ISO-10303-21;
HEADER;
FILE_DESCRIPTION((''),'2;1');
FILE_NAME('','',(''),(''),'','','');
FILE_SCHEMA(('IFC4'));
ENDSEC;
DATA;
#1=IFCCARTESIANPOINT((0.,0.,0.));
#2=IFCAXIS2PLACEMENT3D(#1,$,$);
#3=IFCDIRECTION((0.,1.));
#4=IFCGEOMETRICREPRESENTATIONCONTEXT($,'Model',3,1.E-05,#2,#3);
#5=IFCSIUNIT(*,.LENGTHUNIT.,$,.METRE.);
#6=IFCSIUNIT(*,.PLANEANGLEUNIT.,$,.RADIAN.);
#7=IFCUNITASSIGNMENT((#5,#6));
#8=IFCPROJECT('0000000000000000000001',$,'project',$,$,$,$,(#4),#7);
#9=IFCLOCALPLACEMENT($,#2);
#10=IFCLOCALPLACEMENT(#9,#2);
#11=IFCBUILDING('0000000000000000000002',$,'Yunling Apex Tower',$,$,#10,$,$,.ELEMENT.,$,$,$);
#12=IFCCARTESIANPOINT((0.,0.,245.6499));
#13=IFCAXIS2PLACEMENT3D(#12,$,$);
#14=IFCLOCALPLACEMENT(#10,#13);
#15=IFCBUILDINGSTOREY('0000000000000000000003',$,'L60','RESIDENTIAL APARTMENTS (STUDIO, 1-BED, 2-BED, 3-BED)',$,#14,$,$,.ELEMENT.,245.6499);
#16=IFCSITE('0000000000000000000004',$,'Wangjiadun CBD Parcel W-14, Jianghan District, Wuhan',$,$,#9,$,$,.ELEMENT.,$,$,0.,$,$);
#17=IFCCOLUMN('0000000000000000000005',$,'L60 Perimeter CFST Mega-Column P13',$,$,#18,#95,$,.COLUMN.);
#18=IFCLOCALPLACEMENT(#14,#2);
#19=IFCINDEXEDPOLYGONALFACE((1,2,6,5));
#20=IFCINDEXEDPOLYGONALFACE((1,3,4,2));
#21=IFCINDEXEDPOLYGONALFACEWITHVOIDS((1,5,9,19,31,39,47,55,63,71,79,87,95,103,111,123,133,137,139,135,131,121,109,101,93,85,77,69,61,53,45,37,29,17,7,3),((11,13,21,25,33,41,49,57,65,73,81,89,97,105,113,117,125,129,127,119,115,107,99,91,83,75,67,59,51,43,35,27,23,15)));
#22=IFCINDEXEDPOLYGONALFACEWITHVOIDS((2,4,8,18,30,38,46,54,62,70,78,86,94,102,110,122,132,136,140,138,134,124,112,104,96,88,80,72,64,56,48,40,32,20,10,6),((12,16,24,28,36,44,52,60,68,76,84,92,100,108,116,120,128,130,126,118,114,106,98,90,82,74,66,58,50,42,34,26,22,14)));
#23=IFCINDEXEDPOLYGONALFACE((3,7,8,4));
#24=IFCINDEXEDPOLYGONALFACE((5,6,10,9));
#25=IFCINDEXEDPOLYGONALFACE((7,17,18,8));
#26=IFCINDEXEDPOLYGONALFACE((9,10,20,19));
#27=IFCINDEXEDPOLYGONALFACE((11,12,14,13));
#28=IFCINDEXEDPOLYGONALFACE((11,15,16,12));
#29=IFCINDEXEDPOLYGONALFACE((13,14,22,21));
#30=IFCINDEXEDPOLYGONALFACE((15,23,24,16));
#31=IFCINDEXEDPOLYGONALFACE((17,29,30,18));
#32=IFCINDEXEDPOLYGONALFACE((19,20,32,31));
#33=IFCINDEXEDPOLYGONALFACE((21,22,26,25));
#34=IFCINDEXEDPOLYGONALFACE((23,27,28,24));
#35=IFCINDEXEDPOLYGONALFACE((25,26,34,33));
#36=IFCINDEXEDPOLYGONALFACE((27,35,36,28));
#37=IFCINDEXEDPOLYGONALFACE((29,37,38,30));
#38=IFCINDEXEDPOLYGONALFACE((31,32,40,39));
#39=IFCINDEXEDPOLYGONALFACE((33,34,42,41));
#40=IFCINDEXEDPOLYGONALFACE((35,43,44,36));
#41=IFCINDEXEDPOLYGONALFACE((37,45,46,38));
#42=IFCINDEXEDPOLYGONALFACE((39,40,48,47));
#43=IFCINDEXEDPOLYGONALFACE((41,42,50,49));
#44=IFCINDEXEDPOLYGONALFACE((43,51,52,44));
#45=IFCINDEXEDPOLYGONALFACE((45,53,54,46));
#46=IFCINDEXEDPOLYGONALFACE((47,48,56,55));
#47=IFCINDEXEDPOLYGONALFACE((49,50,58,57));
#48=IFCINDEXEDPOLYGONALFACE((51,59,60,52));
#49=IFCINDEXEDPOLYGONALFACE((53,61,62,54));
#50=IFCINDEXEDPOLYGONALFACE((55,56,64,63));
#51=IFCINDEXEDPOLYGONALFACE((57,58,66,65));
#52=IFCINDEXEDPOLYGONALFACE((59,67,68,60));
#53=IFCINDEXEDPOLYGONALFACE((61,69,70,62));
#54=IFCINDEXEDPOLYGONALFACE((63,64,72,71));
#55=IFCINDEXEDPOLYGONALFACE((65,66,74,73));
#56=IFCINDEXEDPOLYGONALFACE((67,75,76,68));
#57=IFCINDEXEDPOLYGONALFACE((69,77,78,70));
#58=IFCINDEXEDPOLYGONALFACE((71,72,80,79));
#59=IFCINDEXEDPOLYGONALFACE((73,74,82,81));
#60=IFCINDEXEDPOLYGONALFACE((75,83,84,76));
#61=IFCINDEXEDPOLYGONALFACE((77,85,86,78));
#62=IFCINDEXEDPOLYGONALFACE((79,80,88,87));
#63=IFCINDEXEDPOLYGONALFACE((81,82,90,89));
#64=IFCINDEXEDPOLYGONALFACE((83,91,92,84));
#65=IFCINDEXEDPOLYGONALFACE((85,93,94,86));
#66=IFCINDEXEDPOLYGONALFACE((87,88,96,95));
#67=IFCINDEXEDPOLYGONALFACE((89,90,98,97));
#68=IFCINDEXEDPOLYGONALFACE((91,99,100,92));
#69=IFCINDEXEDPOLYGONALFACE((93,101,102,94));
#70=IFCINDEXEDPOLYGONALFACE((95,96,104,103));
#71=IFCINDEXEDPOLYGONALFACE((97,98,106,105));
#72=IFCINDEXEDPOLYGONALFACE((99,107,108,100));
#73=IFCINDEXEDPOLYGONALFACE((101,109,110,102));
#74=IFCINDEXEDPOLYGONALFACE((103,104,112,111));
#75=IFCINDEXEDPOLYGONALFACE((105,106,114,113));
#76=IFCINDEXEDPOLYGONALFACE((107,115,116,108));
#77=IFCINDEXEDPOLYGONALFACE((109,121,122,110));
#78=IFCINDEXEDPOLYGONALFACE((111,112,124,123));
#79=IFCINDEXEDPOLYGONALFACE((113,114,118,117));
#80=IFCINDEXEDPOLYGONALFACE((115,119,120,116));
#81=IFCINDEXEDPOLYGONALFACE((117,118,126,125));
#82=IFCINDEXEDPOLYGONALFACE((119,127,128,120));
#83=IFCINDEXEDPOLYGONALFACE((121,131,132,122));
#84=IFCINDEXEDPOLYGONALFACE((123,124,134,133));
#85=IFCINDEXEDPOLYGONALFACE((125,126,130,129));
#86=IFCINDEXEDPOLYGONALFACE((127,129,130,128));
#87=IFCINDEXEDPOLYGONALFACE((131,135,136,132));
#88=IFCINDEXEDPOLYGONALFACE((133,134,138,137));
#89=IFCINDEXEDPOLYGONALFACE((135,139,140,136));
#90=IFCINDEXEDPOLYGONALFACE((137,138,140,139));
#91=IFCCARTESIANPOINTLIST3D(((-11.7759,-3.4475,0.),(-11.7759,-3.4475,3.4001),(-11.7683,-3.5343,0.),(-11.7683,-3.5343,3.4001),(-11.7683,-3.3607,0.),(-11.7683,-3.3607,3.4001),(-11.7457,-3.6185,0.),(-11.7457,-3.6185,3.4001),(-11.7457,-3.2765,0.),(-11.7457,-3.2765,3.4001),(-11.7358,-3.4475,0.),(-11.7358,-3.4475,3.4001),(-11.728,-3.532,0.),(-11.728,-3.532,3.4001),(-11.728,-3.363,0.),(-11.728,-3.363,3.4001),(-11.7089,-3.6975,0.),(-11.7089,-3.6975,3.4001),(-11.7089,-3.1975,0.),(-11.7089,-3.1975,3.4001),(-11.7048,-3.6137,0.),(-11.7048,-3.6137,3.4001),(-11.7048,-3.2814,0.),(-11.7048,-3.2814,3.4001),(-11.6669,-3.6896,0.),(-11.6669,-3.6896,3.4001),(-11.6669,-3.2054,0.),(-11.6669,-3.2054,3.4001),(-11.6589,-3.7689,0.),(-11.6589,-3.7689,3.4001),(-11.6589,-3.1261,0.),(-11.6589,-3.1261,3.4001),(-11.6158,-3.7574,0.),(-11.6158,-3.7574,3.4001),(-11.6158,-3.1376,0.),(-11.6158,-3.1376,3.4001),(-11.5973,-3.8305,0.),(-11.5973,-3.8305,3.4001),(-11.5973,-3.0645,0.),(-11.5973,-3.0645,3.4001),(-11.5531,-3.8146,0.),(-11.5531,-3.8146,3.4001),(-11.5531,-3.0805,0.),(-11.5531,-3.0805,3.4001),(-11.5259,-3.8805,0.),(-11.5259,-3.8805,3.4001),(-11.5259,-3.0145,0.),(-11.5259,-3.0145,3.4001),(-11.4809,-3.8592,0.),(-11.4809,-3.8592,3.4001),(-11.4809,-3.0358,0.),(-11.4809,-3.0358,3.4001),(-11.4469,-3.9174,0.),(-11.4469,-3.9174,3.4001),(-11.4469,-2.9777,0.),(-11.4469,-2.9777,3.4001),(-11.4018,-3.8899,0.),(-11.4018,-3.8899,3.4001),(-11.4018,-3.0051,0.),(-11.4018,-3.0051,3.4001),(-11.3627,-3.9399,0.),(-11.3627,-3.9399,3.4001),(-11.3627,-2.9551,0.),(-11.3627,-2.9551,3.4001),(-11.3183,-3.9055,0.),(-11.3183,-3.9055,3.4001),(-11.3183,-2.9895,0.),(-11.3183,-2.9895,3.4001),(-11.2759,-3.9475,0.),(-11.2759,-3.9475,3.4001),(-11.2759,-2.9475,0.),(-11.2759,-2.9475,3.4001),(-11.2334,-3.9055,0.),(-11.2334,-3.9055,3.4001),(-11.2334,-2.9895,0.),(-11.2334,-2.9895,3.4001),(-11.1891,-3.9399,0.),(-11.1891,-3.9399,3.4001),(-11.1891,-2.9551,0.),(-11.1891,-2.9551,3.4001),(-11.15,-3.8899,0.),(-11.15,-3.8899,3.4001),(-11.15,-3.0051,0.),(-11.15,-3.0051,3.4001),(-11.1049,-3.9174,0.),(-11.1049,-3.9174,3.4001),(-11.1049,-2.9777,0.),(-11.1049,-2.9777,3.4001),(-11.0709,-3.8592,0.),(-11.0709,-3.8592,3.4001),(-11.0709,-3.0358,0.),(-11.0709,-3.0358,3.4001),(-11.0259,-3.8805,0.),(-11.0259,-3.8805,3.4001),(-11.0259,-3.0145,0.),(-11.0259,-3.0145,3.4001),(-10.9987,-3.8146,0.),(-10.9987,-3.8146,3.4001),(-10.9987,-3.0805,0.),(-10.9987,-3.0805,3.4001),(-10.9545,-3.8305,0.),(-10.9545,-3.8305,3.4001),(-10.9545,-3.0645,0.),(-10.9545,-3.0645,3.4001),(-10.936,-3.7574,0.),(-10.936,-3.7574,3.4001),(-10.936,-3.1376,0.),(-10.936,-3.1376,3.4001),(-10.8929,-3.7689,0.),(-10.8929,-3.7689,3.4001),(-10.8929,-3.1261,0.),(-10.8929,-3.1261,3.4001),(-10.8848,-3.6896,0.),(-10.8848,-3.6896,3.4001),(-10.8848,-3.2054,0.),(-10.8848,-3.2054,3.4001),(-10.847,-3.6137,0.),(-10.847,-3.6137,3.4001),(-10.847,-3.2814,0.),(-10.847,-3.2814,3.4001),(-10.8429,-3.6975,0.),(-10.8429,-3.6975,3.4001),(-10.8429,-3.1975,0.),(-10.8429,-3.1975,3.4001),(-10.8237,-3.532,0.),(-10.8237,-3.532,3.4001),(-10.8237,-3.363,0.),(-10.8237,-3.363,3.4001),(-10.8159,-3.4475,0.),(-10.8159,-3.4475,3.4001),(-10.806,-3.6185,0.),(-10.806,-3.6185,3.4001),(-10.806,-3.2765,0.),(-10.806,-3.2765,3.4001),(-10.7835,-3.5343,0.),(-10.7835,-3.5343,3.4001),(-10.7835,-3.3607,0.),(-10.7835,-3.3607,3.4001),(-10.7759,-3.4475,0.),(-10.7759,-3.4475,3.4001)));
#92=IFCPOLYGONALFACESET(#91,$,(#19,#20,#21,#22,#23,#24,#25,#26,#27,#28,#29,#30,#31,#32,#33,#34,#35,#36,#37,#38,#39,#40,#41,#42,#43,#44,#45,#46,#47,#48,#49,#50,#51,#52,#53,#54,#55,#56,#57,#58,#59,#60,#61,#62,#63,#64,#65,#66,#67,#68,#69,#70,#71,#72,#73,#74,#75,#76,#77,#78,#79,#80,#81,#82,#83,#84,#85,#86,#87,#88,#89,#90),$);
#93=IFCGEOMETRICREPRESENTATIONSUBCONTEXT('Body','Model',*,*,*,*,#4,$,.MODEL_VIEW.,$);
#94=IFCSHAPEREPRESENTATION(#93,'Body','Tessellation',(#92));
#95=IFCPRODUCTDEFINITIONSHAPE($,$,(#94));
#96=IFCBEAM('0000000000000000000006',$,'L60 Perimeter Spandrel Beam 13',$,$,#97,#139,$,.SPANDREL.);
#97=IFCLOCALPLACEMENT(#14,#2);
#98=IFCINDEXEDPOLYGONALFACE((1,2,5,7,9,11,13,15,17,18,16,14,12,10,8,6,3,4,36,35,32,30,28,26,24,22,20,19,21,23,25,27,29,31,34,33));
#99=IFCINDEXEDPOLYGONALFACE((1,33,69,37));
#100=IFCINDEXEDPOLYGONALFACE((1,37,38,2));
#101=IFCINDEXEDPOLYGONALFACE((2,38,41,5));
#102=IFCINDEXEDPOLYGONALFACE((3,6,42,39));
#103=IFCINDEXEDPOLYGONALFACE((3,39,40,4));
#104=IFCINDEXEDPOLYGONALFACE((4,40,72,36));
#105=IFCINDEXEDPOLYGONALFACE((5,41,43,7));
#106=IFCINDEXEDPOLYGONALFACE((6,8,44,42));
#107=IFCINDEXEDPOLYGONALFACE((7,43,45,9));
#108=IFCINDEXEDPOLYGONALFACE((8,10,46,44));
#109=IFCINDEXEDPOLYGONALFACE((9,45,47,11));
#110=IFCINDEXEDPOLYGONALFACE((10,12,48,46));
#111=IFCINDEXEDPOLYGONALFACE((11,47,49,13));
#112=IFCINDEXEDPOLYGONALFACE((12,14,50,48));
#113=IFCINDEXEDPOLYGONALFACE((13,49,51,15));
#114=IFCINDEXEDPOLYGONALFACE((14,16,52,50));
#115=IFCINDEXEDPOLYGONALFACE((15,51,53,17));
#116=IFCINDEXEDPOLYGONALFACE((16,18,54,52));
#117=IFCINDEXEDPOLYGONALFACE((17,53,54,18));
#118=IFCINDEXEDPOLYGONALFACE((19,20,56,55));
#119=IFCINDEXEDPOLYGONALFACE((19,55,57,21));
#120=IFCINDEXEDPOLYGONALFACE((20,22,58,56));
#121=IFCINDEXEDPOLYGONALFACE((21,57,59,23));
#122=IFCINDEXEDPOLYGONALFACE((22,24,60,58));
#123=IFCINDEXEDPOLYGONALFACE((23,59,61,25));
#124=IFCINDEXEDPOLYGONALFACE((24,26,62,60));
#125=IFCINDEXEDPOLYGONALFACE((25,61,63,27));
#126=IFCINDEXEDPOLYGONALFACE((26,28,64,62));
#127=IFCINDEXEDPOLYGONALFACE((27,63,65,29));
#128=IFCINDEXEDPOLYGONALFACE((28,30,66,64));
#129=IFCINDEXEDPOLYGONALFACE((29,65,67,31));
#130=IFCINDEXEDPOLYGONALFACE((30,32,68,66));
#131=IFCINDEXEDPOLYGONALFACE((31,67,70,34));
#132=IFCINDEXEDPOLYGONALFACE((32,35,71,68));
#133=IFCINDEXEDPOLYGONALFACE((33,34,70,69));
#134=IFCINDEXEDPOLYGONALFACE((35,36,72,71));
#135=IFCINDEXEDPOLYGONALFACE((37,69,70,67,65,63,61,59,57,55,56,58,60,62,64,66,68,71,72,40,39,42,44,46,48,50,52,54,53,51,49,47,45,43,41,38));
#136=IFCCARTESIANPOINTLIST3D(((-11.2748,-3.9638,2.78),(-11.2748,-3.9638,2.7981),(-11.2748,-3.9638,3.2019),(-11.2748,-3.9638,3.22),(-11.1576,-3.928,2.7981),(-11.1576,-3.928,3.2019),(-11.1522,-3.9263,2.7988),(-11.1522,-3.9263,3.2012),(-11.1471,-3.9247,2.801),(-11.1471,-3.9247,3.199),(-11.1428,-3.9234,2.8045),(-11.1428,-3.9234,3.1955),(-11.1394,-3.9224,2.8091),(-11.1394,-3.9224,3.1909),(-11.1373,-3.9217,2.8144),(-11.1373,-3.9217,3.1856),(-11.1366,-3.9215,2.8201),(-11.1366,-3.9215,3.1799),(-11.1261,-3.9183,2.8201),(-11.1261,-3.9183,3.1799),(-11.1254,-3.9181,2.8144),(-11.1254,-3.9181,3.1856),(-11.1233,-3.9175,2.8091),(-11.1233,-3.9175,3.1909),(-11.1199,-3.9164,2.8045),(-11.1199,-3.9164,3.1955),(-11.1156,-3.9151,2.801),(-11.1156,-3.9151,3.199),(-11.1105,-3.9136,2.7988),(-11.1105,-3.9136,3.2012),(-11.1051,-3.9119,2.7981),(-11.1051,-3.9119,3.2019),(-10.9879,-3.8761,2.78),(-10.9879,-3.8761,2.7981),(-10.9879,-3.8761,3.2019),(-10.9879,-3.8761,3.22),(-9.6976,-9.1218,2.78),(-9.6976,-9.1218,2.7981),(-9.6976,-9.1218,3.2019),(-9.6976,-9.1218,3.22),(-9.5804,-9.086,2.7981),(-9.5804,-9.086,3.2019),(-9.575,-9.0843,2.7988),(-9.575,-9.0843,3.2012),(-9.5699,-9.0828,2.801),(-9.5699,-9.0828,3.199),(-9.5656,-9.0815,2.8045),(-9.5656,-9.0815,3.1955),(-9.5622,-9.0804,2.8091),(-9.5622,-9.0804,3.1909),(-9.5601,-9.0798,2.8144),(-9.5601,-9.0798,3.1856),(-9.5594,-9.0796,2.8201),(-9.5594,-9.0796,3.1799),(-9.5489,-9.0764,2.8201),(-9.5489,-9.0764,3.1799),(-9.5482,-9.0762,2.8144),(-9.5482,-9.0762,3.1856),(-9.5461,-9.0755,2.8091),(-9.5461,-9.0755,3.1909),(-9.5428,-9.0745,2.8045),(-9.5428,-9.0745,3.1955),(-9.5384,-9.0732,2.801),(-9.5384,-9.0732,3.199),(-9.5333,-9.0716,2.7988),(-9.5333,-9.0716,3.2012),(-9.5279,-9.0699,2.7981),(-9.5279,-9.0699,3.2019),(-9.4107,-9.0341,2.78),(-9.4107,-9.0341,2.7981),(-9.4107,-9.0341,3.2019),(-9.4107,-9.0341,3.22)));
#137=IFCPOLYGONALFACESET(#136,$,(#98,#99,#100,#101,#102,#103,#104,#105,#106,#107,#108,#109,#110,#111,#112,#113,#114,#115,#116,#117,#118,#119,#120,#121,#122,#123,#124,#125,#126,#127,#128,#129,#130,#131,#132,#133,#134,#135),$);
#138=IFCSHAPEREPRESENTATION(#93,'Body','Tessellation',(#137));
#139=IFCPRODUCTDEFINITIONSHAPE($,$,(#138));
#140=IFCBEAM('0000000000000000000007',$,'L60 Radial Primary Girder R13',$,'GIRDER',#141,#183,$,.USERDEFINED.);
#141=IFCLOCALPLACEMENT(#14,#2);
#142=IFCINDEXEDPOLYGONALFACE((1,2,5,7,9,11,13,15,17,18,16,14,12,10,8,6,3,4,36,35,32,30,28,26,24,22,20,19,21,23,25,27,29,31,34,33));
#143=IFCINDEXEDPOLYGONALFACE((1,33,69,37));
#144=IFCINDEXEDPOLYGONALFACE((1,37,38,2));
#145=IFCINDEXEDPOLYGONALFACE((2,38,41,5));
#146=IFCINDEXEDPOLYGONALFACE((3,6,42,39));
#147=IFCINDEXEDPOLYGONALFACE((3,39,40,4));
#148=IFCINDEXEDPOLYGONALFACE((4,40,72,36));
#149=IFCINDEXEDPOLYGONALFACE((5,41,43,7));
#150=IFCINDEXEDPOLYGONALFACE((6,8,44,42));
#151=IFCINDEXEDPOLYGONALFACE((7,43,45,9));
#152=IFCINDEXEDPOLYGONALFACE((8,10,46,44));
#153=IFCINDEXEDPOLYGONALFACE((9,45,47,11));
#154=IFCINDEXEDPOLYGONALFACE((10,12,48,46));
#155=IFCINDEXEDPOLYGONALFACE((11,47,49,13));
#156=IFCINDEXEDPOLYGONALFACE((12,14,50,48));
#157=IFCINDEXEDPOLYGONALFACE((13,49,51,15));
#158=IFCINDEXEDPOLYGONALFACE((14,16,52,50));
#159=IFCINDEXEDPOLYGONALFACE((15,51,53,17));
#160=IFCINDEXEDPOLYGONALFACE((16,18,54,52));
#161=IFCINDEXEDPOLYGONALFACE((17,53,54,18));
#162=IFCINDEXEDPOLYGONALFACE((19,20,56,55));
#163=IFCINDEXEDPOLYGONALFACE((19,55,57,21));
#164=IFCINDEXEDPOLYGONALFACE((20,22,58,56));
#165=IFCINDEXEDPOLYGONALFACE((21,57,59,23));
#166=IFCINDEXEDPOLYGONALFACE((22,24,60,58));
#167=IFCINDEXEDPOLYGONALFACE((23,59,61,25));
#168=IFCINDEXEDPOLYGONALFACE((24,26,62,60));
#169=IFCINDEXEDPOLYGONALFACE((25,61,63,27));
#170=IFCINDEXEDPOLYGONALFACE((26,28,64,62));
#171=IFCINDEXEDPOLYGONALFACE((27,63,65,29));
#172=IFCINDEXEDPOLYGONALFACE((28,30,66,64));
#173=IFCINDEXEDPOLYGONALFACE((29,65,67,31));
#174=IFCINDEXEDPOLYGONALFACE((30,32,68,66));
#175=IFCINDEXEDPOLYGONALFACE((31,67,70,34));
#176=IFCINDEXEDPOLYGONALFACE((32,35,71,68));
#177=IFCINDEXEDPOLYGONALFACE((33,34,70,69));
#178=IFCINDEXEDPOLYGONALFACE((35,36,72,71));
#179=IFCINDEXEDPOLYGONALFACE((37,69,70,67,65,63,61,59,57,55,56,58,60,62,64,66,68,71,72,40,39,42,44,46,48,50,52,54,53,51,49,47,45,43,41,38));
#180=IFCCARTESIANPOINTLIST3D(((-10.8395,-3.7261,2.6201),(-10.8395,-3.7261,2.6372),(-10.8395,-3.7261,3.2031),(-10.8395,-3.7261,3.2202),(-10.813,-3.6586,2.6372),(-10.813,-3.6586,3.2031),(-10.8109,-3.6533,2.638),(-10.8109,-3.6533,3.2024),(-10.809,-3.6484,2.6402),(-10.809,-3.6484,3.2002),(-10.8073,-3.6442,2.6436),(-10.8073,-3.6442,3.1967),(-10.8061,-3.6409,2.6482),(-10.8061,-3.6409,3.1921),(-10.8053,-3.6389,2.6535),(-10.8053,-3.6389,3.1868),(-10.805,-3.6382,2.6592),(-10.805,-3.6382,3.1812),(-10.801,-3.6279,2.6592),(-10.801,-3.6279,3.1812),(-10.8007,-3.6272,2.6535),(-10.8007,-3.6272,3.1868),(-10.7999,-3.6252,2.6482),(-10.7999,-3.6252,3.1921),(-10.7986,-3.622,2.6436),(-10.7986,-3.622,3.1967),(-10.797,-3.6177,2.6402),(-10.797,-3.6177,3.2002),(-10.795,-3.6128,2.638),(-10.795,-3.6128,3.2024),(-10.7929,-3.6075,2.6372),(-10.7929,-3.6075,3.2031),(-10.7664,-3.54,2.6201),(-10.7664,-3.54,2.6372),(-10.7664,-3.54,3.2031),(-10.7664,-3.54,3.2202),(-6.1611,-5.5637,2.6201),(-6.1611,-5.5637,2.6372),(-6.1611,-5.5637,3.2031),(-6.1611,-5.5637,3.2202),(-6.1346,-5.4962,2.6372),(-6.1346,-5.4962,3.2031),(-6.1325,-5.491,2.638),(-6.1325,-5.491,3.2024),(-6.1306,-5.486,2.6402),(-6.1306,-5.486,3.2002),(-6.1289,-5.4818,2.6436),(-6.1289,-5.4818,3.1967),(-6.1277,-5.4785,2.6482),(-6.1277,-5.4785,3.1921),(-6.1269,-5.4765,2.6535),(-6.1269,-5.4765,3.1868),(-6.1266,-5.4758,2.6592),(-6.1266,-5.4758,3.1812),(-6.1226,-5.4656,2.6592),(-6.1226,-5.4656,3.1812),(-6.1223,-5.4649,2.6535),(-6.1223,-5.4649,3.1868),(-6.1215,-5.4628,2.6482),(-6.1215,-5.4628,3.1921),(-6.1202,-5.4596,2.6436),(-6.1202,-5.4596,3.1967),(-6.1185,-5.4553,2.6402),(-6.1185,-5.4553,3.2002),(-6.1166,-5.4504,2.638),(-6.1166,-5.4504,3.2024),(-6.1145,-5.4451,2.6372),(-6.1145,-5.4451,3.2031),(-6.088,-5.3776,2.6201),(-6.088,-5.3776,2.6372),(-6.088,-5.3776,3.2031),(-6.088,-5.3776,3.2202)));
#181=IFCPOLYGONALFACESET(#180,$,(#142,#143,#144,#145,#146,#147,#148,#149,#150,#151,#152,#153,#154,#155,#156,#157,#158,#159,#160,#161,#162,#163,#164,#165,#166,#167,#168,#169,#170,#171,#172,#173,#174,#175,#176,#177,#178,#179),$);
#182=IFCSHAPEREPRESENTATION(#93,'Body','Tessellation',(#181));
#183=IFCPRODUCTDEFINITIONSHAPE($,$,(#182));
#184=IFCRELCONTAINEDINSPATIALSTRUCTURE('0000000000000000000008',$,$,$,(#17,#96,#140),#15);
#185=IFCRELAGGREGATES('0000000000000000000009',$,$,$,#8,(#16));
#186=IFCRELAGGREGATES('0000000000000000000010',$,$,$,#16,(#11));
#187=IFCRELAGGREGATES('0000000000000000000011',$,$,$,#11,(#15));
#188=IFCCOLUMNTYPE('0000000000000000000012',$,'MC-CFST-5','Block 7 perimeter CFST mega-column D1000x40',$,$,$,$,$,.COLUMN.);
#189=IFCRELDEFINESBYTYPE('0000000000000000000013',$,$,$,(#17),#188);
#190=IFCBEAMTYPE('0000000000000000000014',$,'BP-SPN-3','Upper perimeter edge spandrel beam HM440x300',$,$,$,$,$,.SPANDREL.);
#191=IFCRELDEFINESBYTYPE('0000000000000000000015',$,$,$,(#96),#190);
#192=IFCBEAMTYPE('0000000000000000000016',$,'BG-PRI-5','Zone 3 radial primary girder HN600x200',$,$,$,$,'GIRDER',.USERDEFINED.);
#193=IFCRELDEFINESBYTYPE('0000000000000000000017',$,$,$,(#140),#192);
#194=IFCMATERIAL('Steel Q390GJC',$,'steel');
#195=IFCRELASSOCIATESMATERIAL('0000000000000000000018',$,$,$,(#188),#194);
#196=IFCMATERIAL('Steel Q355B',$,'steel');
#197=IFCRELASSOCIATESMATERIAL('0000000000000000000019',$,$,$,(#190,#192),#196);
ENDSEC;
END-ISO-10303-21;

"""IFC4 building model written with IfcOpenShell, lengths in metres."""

from ifc_helpers import new_model, si_unit, direction, frame, origin, origin_2d, place, context, subcontext, project, spatial, hollow_circle, i_section, extrude, source, transform, mapped, material, material_profile, profile_set, type_object, element, save


model = new_model("IFC4")

# Units and contexts
model_context = context("Model", 3, precision=1e-05, world=origin(), true_north=direction((0.0, 1.0)))
body_context = subcontext(model_context, "Body", "Model", "MODEL_VIEW")
ifc_project = project(units=[si_unit("LENGTHUNIT", "METRE"), si_unit("PLANEANGLEUNIT", "RADIAN")], contexts=[model_context])

# Site, building, storey
site_placement = place(None, origin())
site = spatial("IfcSite", under=ifc_project, at=site_placement, Name="Wangjiadun CBD Parcel W-14, Jianghan District, Wuhan", CompositionType="ELEMENT", RefElevation=0.0)
building_placement = place(site_placement, origin())
building = spatial("IfcBuilding", under=site, at=building_placement, Name="Yunling Apex Tower", CompositionType="ELEMENT")
storey_placement = place(building_placement, frame((0.0, 0.0, 245.6499)))
storey = spatial("IfcBuildingStorey", under=building, at=storey_placement, Name="L60", Description="RESIDENTIAL APARTMENTS (STUDIO, 1-BED, 2-BED, 3-BED)", CompositionType="ELEMENT", Elevation=245.6499)

# Column
ifc_material_1 = material(Name="Steel Q390GJC", Category="steel")
ifc_material_profile_1 = material_profile(ifc_material_1, hollow_circle(Radius=0.5, WallThickness=0.04, at=origin_2d()))
ifc_profile_set_1 = profile_set([ifc_material_profile_1], Name="Steel Q390GJC")
column_type = type_object("IfcColumnType", Name="MC-CFST-5", Description="Block 7 perimeter CFST mega-column D1000x40", PredefinedType="COLUMN", material=ifc_profile_set_1)
shared_shape_1 = source(origin(), body_context, "Body", "SweptSolid", [
    extrude(hollow_circle(Radius=0.5, WallThickness=0.04, at=origin_2d()), origin(), (0.0, 0.0, 1.0), 3.4001),
])
column_placement = place(storey_placement, frame((-11.2759, -3.4475, 0.0), z_axis=(0.0, 0.0, 1.0), x_axis=(1.0, 0.0, 0.0)))
element("IfcColumn", 1, at=column_placement, inside=storey, type_object=column_type, Name="L60 Perimeter CFST Mega-Column P13", PredefinedType="COLUMN", context=body_context, shape_type="MappedRepresentation", body=[
    mapped(shared_shape_1, transform((0.0, 0.0, 0.0), scale=1.0)),
])

# Beams
ifc_material_2 = material(Name="Steel Q355B", Category="steel")
ifc_material_profile_2 = material_profile(ifc_material_2, i_section(OverallWidth=0.3, OverallDepth=0.4399, WebThickness=0.011, FlangeThickness=0.0181, FilletRadius=0.022, at=origin_2d()))
ifc_profile_set_2 = profile_set([ifc_material_profile_2], Name="Steel Q355B")
beam_type_1 = type_object("IfcBeamType", Name="BP-SPN-3", Description="Upper perimeter edge spandrel beam HM440x300", PredefinedType="SPANDREL", material=ifc_profile_set_2)
shared_shape_2 = source(origin(), body_context, "Body", "SweptSolid", [
    extrude(i_section(OverallWidth=0.3, OverallDepth=0.4399, WebThickness=0.011, FlangeThickness=0.0181, FilletRadius=0.022, at=origin_2d()), origin(), (0.0, 0.0, 1.0), 5.3938),
])
beam_1_placement = place(storey_placement, frame((-11.1313, -3.9199, 3.0), z_axis=(0.292406, -0.956294, 0.0), x_axis=(0.956294, 0.292406, 0.0)))
element("IfcBeam", 2, at=beam_1_placement, inside=storey, type_object=beam_type_1, Name="L60 Perimeter Spandrel Beam 13", PredefinedType="SPANDREL", context=body_context, shape_type="MappedRepresentation", body=[
    mapped(shared_shape_2, transform((0.0, 0.0, 0.0), scale=1.0)),
])
ifc_material_profile_3 = material_profile(ifc_material_2, i_section(OverallWidth=0.2, OverallDepth=0.6001, WebThickness=0.011, FlangeThickness=0.0171, FilletRadius=0.022, at=origin_2d()))
ifc_profile_set_3 = profile_set([ifc_material_profile_3], Name="Steel Q355B")
beam_type_2 = type_object("IfcBeamType", Name="BG-PRI-5", Description="Zone 3 radial primary girder HN600x200", ElementType="GIRDER", PredefinedType="USERDEFINED", material=ifc_profile_set_3)
shared_shape_3 = source(origin(), body_context, "Body", "SweptSolid", [
    extrude(i_section(OverallWidth=0.2, OverallDepth=0.6001, WebThickness=0.011, FlangeThickness=0.0171, FilletRadius=0.022, at=origin_2d()), origin(), (0.0, 0.0, 1.0), 5.0264),
])
beam_2_placement = place(storey_placement, frame((-10.803, -3.6331, 2.9202), z_axis=(0.930773, -0.365597, 0.0), x_axis=(0.365597, 0.930773, 0.0)))
element("IfcBeam", 3, at=beam_2_placement, inside=storey, type_object=beam_type_2, Name="L60 Radial Primary Girder R13", ObjectType="GIRDER", PredefinedType="USERDEFINED", context=body_context, shape_type="MappedRepresentation", body=[
    mapped(shared_shape_3, transform((0.0, 0.0, 0.0), scale=1.0)),
])

save(model, "model.ifc")
